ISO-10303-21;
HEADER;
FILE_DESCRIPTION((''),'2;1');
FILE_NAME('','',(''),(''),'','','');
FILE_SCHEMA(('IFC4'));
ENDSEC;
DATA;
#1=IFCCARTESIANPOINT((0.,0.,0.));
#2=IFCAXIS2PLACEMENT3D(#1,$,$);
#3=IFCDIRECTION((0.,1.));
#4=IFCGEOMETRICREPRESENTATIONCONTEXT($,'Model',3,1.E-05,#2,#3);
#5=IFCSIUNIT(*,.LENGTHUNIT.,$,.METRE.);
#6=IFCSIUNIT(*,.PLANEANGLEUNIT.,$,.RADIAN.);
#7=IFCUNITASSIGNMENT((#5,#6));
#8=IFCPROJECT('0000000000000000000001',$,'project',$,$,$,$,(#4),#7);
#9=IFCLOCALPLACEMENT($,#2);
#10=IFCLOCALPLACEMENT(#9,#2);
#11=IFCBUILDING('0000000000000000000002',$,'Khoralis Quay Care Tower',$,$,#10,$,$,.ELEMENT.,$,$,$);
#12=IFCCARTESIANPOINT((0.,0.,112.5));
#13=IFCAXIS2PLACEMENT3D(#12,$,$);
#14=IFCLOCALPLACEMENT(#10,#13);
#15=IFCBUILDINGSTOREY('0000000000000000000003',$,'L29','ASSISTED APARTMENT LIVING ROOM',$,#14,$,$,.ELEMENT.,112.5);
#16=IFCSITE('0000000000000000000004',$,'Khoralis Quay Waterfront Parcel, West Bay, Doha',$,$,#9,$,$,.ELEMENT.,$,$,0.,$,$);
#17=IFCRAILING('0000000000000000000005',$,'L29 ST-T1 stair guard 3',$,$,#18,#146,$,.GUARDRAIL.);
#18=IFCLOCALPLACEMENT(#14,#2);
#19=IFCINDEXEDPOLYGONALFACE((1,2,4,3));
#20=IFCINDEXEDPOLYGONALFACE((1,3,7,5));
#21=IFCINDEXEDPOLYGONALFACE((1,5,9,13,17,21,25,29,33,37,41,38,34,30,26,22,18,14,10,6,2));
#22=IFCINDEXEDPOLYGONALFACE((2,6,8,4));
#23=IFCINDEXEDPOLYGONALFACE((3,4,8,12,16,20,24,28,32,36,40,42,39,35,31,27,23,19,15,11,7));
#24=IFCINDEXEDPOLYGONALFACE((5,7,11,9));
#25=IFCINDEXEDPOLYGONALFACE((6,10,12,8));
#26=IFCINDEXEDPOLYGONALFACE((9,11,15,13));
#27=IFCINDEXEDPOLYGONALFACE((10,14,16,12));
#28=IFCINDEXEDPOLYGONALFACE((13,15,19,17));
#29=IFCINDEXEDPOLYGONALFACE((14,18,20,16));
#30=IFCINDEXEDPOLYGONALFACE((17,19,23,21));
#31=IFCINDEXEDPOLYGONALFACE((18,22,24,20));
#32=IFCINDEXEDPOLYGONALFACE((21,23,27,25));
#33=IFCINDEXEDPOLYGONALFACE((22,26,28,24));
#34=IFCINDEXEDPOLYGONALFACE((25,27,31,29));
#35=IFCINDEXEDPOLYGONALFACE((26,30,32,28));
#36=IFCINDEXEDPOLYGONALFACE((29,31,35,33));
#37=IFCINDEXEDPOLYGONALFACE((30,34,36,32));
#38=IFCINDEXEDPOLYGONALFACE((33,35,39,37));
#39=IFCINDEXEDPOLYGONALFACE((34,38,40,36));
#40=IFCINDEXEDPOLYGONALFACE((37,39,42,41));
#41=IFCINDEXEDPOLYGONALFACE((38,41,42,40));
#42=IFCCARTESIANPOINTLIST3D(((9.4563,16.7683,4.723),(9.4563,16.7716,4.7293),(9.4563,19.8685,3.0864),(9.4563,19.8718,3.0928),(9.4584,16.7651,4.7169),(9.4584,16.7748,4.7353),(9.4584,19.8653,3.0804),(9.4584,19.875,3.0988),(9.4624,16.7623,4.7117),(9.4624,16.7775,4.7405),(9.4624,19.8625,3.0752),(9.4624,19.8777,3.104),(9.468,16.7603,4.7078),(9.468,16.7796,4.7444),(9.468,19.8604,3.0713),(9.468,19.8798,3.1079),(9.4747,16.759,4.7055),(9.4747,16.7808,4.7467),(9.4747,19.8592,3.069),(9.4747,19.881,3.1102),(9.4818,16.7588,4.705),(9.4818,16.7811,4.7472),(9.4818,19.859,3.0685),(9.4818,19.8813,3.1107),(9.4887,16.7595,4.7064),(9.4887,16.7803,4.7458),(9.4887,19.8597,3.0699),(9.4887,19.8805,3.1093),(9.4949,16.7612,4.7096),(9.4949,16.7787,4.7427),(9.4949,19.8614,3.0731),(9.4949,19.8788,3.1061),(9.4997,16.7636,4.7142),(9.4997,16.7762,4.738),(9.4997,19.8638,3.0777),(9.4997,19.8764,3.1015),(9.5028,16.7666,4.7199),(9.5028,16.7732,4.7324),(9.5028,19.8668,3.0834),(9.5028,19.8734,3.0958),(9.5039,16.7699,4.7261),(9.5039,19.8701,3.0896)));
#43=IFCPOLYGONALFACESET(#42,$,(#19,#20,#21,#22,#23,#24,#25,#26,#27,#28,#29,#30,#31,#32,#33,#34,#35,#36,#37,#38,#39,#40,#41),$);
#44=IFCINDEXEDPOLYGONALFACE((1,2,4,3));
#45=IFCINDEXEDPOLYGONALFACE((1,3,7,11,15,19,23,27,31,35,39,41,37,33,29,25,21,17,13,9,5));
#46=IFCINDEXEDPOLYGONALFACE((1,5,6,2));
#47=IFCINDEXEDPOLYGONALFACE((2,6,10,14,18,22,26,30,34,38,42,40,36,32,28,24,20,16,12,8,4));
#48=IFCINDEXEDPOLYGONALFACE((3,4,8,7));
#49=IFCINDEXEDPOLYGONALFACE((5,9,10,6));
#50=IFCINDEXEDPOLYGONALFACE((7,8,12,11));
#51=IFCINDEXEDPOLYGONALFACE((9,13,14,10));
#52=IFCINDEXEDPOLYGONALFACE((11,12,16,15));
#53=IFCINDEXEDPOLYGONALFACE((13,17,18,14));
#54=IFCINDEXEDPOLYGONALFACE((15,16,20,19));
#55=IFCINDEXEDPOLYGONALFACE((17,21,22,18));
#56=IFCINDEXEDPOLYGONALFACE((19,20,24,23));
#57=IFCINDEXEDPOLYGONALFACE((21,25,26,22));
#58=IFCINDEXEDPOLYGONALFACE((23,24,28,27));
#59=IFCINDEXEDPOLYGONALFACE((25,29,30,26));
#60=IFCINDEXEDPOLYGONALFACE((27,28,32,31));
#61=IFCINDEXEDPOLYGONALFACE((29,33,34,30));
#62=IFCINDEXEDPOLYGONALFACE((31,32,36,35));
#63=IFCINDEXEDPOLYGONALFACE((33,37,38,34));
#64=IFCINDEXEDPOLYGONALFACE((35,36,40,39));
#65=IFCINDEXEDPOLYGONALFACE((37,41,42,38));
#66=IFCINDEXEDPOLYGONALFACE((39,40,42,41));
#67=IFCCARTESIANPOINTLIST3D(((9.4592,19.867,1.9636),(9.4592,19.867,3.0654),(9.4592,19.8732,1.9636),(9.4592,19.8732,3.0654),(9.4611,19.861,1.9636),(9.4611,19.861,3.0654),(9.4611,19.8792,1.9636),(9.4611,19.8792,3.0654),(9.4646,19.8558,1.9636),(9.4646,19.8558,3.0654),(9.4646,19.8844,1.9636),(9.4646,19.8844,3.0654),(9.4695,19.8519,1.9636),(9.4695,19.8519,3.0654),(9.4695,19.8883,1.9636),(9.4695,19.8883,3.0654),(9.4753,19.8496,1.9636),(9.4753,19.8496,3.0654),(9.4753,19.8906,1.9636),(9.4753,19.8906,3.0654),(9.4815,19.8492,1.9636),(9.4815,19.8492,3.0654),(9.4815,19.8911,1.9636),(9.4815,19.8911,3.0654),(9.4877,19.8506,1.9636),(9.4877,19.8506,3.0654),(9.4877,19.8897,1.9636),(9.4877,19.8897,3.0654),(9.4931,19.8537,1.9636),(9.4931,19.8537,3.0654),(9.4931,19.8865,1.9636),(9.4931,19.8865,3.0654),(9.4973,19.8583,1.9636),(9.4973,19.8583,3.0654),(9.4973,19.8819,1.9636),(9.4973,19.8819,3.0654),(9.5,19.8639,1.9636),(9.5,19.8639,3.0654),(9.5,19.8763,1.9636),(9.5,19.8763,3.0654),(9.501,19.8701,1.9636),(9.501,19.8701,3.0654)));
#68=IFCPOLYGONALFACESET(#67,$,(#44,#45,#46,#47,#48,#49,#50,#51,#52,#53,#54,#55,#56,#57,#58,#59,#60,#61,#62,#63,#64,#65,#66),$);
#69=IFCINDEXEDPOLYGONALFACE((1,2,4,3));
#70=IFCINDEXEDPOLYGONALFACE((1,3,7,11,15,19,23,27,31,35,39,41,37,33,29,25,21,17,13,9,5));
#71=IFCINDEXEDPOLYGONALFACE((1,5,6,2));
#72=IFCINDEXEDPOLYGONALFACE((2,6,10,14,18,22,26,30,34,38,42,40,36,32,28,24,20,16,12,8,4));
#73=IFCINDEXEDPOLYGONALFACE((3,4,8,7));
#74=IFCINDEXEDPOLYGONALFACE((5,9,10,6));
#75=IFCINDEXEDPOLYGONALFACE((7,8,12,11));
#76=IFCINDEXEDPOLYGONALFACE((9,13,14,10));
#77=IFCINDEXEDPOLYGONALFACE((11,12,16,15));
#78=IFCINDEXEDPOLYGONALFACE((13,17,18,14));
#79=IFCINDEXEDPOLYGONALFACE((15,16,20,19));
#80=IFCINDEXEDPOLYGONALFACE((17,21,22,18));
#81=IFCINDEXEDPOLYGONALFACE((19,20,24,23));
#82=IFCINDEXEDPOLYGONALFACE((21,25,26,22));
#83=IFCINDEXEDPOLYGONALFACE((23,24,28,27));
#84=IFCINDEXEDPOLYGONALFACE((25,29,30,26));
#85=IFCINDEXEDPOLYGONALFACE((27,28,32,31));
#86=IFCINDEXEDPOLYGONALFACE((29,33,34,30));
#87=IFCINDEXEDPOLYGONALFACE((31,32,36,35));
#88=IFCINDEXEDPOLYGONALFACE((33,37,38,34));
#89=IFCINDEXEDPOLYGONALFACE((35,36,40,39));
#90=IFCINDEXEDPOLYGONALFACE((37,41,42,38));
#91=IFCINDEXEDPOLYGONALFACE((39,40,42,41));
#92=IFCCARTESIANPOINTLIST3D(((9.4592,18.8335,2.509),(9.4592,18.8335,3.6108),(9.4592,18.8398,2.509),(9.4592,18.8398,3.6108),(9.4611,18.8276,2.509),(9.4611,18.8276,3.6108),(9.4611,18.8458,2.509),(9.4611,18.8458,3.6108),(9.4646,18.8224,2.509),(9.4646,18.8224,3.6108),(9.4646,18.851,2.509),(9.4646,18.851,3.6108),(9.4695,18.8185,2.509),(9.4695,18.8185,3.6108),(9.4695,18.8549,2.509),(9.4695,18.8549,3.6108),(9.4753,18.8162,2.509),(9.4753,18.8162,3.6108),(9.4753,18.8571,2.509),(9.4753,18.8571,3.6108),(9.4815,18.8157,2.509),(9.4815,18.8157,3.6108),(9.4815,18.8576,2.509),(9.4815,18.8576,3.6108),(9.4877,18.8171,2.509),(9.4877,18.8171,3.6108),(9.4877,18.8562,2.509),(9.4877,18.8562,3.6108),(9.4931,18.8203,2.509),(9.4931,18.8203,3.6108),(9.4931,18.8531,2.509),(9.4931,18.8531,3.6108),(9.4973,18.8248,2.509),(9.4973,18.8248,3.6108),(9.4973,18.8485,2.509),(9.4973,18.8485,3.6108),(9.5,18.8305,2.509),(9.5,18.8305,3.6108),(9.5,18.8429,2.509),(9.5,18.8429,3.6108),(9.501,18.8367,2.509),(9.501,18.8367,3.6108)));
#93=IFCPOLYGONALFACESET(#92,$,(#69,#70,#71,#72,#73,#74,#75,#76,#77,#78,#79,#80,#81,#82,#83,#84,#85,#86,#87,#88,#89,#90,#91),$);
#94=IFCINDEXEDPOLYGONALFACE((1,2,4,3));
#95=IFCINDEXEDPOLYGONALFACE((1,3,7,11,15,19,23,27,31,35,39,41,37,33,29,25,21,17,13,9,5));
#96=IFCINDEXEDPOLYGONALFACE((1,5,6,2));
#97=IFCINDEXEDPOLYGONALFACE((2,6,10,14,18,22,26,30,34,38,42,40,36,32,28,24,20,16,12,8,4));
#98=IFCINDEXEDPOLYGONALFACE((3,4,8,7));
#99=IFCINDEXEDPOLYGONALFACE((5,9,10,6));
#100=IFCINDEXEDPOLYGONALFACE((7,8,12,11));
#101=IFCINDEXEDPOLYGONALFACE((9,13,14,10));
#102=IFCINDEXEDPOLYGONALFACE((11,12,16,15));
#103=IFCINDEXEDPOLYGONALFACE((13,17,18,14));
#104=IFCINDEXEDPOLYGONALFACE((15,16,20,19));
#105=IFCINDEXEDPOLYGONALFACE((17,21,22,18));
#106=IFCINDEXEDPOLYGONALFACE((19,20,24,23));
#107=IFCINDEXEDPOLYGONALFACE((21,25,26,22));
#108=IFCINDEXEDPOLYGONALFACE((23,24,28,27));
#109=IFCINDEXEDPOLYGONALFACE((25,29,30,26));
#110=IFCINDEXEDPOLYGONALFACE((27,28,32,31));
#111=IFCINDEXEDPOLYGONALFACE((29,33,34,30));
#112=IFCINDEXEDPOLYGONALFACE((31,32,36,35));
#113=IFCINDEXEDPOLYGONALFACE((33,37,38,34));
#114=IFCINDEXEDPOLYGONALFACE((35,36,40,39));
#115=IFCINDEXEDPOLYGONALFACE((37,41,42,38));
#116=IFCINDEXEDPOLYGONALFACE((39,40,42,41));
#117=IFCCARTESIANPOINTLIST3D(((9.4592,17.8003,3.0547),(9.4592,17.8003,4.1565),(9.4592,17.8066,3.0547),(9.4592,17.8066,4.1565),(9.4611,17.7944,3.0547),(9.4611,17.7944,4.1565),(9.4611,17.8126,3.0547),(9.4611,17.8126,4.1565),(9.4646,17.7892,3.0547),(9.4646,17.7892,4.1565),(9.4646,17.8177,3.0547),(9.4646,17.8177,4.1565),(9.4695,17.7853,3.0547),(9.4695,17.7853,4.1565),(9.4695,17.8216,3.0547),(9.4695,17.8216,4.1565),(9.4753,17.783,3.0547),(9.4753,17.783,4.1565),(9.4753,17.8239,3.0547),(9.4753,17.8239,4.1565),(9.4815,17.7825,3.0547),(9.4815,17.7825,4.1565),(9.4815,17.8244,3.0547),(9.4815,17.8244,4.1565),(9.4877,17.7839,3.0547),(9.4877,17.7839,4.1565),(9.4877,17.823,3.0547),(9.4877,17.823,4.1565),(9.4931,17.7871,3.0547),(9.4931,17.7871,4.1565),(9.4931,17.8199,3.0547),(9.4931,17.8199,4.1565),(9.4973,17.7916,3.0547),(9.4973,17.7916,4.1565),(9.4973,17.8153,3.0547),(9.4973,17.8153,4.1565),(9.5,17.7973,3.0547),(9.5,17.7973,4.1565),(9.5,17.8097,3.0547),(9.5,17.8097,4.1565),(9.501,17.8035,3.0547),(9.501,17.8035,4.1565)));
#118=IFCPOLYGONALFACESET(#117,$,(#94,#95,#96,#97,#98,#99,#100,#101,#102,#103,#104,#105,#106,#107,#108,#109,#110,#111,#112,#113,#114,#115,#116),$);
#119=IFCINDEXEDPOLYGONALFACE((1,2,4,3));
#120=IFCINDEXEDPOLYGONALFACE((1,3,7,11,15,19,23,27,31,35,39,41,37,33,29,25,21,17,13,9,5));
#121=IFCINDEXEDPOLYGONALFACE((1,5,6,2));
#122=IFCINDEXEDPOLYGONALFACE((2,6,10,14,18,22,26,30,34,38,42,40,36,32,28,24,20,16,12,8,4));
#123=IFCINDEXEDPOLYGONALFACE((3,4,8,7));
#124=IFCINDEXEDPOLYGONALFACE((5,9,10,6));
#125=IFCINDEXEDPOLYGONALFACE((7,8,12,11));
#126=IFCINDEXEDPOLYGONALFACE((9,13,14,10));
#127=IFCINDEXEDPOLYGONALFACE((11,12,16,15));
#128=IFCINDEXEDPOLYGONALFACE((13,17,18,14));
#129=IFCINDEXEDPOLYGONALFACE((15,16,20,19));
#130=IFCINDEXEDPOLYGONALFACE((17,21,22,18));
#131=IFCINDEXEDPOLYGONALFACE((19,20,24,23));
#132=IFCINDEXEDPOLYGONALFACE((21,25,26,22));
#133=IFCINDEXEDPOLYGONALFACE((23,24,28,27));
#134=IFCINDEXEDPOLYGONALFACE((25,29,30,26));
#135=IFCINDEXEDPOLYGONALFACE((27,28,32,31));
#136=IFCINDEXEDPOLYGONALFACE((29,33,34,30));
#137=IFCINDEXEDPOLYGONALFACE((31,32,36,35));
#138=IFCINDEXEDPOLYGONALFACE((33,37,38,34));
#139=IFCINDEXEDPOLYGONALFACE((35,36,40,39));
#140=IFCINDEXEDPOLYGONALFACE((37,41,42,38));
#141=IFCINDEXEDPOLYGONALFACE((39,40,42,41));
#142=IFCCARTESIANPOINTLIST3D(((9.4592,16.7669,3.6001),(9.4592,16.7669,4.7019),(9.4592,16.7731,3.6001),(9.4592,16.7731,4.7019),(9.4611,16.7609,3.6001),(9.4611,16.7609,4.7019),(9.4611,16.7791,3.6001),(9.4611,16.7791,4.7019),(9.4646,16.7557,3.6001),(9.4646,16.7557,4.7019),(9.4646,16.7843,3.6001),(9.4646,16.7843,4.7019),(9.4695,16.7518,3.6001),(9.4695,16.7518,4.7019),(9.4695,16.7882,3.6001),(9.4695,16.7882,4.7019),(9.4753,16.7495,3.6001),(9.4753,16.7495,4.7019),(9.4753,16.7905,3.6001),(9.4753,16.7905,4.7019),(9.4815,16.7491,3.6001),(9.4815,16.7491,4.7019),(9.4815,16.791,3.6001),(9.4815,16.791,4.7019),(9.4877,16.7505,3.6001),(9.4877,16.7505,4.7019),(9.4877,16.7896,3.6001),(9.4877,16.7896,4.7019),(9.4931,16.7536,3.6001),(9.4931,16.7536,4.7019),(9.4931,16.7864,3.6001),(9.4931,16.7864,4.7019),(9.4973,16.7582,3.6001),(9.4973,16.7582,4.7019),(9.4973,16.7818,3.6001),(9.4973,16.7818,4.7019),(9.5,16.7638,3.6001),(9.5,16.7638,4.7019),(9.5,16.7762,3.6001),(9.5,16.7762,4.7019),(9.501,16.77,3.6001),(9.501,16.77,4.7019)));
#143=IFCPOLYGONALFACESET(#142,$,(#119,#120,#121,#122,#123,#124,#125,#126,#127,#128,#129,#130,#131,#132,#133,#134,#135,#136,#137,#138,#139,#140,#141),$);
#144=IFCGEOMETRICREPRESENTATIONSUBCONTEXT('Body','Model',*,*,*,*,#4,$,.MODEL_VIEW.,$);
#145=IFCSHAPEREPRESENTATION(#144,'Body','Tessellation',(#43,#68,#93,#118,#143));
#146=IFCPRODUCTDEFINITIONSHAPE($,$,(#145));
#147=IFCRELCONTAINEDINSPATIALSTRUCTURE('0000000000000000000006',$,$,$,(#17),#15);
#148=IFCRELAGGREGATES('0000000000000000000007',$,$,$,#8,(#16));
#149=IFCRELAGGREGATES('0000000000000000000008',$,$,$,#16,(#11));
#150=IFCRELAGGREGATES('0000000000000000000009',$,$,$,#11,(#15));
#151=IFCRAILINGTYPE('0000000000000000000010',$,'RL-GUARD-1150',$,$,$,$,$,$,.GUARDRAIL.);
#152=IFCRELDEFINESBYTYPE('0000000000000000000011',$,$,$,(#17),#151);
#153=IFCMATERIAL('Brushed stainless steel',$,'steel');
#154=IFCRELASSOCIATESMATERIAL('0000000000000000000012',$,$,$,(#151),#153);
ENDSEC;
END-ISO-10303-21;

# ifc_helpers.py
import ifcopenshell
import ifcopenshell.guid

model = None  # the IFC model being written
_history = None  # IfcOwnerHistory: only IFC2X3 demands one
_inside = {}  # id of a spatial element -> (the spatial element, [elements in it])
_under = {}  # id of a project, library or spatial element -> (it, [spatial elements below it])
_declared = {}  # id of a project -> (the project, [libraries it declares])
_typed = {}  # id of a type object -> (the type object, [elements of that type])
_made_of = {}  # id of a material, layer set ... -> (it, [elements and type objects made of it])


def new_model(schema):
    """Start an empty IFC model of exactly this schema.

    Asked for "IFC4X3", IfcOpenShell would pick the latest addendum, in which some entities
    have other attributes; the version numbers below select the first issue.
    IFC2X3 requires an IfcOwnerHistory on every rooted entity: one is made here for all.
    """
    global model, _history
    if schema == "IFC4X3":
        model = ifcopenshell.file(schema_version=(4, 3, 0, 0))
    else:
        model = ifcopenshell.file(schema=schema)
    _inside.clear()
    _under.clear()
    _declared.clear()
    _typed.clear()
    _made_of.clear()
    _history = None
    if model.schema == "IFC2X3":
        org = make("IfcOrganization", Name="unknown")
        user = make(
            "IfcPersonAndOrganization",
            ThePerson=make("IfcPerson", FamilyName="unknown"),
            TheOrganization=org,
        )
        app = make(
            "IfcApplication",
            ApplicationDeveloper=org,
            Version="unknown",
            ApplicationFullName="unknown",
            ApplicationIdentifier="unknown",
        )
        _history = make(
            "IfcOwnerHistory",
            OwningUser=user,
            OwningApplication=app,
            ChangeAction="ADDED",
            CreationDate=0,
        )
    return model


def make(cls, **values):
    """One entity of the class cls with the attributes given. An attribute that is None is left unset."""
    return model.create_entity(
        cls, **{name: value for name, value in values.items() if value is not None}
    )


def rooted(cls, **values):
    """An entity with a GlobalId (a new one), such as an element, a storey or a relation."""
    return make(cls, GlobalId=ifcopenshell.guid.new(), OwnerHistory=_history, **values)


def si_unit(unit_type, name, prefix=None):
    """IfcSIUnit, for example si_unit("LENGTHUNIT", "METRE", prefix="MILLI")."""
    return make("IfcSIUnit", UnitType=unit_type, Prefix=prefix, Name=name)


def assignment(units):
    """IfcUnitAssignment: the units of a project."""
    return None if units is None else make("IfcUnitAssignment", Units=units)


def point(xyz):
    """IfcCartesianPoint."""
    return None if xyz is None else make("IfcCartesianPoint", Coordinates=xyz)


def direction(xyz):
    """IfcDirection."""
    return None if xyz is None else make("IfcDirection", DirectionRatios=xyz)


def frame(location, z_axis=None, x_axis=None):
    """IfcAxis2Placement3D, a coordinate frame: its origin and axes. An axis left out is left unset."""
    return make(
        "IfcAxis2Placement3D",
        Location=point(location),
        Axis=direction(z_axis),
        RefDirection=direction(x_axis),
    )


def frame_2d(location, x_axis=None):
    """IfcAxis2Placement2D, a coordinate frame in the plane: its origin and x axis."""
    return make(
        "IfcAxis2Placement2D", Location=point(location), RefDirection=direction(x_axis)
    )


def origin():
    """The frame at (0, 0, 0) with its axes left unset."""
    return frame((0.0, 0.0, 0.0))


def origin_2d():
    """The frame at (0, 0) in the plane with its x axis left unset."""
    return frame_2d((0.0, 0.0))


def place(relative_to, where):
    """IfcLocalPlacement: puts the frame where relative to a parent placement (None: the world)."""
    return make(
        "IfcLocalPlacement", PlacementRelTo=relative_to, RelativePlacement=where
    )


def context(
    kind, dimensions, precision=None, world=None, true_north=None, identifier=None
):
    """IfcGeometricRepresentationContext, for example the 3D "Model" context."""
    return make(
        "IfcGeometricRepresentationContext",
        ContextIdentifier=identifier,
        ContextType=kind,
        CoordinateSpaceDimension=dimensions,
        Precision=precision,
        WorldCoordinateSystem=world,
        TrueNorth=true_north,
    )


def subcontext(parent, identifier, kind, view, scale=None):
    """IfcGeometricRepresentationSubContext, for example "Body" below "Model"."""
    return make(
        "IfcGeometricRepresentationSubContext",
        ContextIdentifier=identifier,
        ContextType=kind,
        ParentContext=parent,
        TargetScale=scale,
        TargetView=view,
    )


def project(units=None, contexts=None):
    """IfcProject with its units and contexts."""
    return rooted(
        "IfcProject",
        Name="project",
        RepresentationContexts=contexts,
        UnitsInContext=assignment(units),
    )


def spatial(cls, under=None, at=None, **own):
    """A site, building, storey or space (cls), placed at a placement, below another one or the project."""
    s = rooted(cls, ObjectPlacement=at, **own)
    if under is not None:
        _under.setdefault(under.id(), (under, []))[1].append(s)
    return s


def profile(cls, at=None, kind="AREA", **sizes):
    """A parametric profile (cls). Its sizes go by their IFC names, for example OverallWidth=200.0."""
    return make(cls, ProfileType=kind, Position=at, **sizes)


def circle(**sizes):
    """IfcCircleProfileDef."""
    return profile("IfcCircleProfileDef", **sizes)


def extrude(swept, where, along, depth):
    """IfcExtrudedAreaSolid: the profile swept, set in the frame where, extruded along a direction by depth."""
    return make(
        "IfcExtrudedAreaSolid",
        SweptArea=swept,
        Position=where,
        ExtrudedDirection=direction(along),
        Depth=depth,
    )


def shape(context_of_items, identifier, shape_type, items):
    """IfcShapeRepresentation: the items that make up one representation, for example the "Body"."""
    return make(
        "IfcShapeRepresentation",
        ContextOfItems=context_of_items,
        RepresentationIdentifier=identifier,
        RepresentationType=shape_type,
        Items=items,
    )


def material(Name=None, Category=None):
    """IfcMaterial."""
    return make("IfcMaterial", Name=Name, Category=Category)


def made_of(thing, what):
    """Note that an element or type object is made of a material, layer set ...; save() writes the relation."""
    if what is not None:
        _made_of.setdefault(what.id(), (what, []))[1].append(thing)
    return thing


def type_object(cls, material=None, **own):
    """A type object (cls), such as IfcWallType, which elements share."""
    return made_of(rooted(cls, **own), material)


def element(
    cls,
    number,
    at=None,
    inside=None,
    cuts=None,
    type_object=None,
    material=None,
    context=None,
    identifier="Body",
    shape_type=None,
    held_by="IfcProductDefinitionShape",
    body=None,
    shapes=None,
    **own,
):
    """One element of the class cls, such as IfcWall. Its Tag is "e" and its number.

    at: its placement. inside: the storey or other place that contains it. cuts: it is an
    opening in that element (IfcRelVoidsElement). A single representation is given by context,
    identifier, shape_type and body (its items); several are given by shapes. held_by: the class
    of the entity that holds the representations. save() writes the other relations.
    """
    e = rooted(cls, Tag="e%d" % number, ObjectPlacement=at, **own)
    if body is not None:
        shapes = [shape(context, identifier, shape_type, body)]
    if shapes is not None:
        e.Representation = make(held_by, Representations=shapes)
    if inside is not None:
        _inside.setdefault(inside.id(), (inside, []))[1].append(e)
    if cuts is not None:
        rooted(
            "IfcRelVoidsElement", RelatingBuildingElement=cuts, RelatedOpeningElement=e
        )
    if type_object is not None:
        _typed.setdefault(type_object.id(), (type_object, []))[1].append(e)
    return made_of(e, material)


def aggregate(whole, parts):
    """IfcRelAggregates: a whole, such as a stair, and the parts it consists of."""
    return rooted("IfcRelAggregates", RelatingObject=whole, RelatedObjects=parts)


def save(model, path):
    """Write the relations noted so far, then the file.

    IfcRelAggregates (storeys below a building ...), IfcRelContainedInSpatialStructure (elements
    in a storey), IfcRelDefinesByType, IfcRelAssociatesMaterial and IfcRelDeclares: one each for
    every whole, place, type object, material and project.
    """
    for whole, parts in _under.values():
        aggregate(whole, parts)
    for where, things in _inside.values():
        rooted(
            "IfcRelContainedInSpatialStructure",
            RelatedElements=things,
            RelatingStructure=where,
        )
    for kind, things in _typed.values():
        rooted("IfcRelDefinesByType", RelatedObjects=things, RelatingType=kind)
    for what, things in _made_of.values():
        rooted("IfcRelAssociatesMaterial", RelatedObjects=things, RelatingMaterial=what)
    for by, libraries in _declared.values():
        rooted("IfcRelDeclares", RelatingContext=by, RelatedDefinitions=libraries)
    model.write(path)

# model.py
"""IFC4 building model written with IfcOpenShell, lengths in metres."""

from ifc_helpers import new_model, si_unit, direction, frame, origin, origin_2d, place, context, subcontext, project, spatial, circle, extrude, material, type_object, element, save


model = new_model("IFC4")

# Units and contexts
model_context = context("Model", 3, precision=1e-05, world=origin(), true_north=direction((0.0, 1.0)))
body_context = subcontext(model_context, "Body", "Model", "MODEL_VIEW")
ifc_project = project(units=[si_unit("LENGTHUNIT", "METRE"), si_unit("PLANEANGLEUNIT", "RADIAN")], contexts=[model_context])

# Site, building, storey
site_placement = place(None, origin())
site = spatial("IfcSite", under=ifc_project, at=site_placement, Name="Khoralis Quay Waterfront Parcel, West Bay, Doha", CompositionType="ELEMENT", RefElevation=0.0)
building_placement = place(site_placement, origin())
building = spatial("IfcBuilding", under=site, at=building_placement, Name="Khoralis Quay Care Tower", CompositionType="ELEMENT")
storey_placement = place(building_placement, frame((0.0, 0.0, 112.5)))
storey = spatial("IfcBuildingStorey", under=building, at=storey_placement, Name="L29", Description="ASSISTED APARTMENT LIVING ROOM", CompositionType="ELEMENT", Elevation=112.5)

# Shared definitions
ifc_material_1 = material(Name="Brushed stainless steel", Category="steel")

# Railing
railing_type_1 = type_object("IfcRailingType", Name="RL-GUARD-1150", PredefinedType="GUARDRAIL", material=ifc_material_1)
railing_1_placement = place(storey_placement, frame((9.48, 19.8701, 1.9636)))
element("IfcRailing", 1, at=railing_1_placement, inside=storey, type_object=railing_type_1, Name="L29 ST-T1 stair guard 3", PredefinedType="GUARDRAIL", context=body_context, shape_type="SweptSolid", body=[
    extrude(circle(Radius=0.0239, at=origin_2d()), frame((0.0, 0.0, 1.126), z_axis=(0.0, -0.884348, 0.466828), x_axis=(1.0, 0.0, 0.0)), (0.0, 0.0, 1.0), 3.5056),
    extrude(circle(Radius=0.021, at=origin_2d()), origin(), (0.0, 0.0, 1.0), 1.1018),
    extrude(circle(Radius=0.021, at=origin_2d()), frame((0.0, -1.0334, 0.5454)), (0.0, 0.0, 1.0), 1.1018),
    extrude(circle(Radius=0.021, at=origin_2d()), frame((0.0, -2.0667, 1.0911)), (0.0, 0.0, 1.0), 1.1018),
    extrude(circle(Radius=0.021, at=origin_2d()), frame((0.0, -3.1001, 1.6365)), (0.0, 0.0, 1.0), 1.1018),
])

save(model, "model.ifc")
